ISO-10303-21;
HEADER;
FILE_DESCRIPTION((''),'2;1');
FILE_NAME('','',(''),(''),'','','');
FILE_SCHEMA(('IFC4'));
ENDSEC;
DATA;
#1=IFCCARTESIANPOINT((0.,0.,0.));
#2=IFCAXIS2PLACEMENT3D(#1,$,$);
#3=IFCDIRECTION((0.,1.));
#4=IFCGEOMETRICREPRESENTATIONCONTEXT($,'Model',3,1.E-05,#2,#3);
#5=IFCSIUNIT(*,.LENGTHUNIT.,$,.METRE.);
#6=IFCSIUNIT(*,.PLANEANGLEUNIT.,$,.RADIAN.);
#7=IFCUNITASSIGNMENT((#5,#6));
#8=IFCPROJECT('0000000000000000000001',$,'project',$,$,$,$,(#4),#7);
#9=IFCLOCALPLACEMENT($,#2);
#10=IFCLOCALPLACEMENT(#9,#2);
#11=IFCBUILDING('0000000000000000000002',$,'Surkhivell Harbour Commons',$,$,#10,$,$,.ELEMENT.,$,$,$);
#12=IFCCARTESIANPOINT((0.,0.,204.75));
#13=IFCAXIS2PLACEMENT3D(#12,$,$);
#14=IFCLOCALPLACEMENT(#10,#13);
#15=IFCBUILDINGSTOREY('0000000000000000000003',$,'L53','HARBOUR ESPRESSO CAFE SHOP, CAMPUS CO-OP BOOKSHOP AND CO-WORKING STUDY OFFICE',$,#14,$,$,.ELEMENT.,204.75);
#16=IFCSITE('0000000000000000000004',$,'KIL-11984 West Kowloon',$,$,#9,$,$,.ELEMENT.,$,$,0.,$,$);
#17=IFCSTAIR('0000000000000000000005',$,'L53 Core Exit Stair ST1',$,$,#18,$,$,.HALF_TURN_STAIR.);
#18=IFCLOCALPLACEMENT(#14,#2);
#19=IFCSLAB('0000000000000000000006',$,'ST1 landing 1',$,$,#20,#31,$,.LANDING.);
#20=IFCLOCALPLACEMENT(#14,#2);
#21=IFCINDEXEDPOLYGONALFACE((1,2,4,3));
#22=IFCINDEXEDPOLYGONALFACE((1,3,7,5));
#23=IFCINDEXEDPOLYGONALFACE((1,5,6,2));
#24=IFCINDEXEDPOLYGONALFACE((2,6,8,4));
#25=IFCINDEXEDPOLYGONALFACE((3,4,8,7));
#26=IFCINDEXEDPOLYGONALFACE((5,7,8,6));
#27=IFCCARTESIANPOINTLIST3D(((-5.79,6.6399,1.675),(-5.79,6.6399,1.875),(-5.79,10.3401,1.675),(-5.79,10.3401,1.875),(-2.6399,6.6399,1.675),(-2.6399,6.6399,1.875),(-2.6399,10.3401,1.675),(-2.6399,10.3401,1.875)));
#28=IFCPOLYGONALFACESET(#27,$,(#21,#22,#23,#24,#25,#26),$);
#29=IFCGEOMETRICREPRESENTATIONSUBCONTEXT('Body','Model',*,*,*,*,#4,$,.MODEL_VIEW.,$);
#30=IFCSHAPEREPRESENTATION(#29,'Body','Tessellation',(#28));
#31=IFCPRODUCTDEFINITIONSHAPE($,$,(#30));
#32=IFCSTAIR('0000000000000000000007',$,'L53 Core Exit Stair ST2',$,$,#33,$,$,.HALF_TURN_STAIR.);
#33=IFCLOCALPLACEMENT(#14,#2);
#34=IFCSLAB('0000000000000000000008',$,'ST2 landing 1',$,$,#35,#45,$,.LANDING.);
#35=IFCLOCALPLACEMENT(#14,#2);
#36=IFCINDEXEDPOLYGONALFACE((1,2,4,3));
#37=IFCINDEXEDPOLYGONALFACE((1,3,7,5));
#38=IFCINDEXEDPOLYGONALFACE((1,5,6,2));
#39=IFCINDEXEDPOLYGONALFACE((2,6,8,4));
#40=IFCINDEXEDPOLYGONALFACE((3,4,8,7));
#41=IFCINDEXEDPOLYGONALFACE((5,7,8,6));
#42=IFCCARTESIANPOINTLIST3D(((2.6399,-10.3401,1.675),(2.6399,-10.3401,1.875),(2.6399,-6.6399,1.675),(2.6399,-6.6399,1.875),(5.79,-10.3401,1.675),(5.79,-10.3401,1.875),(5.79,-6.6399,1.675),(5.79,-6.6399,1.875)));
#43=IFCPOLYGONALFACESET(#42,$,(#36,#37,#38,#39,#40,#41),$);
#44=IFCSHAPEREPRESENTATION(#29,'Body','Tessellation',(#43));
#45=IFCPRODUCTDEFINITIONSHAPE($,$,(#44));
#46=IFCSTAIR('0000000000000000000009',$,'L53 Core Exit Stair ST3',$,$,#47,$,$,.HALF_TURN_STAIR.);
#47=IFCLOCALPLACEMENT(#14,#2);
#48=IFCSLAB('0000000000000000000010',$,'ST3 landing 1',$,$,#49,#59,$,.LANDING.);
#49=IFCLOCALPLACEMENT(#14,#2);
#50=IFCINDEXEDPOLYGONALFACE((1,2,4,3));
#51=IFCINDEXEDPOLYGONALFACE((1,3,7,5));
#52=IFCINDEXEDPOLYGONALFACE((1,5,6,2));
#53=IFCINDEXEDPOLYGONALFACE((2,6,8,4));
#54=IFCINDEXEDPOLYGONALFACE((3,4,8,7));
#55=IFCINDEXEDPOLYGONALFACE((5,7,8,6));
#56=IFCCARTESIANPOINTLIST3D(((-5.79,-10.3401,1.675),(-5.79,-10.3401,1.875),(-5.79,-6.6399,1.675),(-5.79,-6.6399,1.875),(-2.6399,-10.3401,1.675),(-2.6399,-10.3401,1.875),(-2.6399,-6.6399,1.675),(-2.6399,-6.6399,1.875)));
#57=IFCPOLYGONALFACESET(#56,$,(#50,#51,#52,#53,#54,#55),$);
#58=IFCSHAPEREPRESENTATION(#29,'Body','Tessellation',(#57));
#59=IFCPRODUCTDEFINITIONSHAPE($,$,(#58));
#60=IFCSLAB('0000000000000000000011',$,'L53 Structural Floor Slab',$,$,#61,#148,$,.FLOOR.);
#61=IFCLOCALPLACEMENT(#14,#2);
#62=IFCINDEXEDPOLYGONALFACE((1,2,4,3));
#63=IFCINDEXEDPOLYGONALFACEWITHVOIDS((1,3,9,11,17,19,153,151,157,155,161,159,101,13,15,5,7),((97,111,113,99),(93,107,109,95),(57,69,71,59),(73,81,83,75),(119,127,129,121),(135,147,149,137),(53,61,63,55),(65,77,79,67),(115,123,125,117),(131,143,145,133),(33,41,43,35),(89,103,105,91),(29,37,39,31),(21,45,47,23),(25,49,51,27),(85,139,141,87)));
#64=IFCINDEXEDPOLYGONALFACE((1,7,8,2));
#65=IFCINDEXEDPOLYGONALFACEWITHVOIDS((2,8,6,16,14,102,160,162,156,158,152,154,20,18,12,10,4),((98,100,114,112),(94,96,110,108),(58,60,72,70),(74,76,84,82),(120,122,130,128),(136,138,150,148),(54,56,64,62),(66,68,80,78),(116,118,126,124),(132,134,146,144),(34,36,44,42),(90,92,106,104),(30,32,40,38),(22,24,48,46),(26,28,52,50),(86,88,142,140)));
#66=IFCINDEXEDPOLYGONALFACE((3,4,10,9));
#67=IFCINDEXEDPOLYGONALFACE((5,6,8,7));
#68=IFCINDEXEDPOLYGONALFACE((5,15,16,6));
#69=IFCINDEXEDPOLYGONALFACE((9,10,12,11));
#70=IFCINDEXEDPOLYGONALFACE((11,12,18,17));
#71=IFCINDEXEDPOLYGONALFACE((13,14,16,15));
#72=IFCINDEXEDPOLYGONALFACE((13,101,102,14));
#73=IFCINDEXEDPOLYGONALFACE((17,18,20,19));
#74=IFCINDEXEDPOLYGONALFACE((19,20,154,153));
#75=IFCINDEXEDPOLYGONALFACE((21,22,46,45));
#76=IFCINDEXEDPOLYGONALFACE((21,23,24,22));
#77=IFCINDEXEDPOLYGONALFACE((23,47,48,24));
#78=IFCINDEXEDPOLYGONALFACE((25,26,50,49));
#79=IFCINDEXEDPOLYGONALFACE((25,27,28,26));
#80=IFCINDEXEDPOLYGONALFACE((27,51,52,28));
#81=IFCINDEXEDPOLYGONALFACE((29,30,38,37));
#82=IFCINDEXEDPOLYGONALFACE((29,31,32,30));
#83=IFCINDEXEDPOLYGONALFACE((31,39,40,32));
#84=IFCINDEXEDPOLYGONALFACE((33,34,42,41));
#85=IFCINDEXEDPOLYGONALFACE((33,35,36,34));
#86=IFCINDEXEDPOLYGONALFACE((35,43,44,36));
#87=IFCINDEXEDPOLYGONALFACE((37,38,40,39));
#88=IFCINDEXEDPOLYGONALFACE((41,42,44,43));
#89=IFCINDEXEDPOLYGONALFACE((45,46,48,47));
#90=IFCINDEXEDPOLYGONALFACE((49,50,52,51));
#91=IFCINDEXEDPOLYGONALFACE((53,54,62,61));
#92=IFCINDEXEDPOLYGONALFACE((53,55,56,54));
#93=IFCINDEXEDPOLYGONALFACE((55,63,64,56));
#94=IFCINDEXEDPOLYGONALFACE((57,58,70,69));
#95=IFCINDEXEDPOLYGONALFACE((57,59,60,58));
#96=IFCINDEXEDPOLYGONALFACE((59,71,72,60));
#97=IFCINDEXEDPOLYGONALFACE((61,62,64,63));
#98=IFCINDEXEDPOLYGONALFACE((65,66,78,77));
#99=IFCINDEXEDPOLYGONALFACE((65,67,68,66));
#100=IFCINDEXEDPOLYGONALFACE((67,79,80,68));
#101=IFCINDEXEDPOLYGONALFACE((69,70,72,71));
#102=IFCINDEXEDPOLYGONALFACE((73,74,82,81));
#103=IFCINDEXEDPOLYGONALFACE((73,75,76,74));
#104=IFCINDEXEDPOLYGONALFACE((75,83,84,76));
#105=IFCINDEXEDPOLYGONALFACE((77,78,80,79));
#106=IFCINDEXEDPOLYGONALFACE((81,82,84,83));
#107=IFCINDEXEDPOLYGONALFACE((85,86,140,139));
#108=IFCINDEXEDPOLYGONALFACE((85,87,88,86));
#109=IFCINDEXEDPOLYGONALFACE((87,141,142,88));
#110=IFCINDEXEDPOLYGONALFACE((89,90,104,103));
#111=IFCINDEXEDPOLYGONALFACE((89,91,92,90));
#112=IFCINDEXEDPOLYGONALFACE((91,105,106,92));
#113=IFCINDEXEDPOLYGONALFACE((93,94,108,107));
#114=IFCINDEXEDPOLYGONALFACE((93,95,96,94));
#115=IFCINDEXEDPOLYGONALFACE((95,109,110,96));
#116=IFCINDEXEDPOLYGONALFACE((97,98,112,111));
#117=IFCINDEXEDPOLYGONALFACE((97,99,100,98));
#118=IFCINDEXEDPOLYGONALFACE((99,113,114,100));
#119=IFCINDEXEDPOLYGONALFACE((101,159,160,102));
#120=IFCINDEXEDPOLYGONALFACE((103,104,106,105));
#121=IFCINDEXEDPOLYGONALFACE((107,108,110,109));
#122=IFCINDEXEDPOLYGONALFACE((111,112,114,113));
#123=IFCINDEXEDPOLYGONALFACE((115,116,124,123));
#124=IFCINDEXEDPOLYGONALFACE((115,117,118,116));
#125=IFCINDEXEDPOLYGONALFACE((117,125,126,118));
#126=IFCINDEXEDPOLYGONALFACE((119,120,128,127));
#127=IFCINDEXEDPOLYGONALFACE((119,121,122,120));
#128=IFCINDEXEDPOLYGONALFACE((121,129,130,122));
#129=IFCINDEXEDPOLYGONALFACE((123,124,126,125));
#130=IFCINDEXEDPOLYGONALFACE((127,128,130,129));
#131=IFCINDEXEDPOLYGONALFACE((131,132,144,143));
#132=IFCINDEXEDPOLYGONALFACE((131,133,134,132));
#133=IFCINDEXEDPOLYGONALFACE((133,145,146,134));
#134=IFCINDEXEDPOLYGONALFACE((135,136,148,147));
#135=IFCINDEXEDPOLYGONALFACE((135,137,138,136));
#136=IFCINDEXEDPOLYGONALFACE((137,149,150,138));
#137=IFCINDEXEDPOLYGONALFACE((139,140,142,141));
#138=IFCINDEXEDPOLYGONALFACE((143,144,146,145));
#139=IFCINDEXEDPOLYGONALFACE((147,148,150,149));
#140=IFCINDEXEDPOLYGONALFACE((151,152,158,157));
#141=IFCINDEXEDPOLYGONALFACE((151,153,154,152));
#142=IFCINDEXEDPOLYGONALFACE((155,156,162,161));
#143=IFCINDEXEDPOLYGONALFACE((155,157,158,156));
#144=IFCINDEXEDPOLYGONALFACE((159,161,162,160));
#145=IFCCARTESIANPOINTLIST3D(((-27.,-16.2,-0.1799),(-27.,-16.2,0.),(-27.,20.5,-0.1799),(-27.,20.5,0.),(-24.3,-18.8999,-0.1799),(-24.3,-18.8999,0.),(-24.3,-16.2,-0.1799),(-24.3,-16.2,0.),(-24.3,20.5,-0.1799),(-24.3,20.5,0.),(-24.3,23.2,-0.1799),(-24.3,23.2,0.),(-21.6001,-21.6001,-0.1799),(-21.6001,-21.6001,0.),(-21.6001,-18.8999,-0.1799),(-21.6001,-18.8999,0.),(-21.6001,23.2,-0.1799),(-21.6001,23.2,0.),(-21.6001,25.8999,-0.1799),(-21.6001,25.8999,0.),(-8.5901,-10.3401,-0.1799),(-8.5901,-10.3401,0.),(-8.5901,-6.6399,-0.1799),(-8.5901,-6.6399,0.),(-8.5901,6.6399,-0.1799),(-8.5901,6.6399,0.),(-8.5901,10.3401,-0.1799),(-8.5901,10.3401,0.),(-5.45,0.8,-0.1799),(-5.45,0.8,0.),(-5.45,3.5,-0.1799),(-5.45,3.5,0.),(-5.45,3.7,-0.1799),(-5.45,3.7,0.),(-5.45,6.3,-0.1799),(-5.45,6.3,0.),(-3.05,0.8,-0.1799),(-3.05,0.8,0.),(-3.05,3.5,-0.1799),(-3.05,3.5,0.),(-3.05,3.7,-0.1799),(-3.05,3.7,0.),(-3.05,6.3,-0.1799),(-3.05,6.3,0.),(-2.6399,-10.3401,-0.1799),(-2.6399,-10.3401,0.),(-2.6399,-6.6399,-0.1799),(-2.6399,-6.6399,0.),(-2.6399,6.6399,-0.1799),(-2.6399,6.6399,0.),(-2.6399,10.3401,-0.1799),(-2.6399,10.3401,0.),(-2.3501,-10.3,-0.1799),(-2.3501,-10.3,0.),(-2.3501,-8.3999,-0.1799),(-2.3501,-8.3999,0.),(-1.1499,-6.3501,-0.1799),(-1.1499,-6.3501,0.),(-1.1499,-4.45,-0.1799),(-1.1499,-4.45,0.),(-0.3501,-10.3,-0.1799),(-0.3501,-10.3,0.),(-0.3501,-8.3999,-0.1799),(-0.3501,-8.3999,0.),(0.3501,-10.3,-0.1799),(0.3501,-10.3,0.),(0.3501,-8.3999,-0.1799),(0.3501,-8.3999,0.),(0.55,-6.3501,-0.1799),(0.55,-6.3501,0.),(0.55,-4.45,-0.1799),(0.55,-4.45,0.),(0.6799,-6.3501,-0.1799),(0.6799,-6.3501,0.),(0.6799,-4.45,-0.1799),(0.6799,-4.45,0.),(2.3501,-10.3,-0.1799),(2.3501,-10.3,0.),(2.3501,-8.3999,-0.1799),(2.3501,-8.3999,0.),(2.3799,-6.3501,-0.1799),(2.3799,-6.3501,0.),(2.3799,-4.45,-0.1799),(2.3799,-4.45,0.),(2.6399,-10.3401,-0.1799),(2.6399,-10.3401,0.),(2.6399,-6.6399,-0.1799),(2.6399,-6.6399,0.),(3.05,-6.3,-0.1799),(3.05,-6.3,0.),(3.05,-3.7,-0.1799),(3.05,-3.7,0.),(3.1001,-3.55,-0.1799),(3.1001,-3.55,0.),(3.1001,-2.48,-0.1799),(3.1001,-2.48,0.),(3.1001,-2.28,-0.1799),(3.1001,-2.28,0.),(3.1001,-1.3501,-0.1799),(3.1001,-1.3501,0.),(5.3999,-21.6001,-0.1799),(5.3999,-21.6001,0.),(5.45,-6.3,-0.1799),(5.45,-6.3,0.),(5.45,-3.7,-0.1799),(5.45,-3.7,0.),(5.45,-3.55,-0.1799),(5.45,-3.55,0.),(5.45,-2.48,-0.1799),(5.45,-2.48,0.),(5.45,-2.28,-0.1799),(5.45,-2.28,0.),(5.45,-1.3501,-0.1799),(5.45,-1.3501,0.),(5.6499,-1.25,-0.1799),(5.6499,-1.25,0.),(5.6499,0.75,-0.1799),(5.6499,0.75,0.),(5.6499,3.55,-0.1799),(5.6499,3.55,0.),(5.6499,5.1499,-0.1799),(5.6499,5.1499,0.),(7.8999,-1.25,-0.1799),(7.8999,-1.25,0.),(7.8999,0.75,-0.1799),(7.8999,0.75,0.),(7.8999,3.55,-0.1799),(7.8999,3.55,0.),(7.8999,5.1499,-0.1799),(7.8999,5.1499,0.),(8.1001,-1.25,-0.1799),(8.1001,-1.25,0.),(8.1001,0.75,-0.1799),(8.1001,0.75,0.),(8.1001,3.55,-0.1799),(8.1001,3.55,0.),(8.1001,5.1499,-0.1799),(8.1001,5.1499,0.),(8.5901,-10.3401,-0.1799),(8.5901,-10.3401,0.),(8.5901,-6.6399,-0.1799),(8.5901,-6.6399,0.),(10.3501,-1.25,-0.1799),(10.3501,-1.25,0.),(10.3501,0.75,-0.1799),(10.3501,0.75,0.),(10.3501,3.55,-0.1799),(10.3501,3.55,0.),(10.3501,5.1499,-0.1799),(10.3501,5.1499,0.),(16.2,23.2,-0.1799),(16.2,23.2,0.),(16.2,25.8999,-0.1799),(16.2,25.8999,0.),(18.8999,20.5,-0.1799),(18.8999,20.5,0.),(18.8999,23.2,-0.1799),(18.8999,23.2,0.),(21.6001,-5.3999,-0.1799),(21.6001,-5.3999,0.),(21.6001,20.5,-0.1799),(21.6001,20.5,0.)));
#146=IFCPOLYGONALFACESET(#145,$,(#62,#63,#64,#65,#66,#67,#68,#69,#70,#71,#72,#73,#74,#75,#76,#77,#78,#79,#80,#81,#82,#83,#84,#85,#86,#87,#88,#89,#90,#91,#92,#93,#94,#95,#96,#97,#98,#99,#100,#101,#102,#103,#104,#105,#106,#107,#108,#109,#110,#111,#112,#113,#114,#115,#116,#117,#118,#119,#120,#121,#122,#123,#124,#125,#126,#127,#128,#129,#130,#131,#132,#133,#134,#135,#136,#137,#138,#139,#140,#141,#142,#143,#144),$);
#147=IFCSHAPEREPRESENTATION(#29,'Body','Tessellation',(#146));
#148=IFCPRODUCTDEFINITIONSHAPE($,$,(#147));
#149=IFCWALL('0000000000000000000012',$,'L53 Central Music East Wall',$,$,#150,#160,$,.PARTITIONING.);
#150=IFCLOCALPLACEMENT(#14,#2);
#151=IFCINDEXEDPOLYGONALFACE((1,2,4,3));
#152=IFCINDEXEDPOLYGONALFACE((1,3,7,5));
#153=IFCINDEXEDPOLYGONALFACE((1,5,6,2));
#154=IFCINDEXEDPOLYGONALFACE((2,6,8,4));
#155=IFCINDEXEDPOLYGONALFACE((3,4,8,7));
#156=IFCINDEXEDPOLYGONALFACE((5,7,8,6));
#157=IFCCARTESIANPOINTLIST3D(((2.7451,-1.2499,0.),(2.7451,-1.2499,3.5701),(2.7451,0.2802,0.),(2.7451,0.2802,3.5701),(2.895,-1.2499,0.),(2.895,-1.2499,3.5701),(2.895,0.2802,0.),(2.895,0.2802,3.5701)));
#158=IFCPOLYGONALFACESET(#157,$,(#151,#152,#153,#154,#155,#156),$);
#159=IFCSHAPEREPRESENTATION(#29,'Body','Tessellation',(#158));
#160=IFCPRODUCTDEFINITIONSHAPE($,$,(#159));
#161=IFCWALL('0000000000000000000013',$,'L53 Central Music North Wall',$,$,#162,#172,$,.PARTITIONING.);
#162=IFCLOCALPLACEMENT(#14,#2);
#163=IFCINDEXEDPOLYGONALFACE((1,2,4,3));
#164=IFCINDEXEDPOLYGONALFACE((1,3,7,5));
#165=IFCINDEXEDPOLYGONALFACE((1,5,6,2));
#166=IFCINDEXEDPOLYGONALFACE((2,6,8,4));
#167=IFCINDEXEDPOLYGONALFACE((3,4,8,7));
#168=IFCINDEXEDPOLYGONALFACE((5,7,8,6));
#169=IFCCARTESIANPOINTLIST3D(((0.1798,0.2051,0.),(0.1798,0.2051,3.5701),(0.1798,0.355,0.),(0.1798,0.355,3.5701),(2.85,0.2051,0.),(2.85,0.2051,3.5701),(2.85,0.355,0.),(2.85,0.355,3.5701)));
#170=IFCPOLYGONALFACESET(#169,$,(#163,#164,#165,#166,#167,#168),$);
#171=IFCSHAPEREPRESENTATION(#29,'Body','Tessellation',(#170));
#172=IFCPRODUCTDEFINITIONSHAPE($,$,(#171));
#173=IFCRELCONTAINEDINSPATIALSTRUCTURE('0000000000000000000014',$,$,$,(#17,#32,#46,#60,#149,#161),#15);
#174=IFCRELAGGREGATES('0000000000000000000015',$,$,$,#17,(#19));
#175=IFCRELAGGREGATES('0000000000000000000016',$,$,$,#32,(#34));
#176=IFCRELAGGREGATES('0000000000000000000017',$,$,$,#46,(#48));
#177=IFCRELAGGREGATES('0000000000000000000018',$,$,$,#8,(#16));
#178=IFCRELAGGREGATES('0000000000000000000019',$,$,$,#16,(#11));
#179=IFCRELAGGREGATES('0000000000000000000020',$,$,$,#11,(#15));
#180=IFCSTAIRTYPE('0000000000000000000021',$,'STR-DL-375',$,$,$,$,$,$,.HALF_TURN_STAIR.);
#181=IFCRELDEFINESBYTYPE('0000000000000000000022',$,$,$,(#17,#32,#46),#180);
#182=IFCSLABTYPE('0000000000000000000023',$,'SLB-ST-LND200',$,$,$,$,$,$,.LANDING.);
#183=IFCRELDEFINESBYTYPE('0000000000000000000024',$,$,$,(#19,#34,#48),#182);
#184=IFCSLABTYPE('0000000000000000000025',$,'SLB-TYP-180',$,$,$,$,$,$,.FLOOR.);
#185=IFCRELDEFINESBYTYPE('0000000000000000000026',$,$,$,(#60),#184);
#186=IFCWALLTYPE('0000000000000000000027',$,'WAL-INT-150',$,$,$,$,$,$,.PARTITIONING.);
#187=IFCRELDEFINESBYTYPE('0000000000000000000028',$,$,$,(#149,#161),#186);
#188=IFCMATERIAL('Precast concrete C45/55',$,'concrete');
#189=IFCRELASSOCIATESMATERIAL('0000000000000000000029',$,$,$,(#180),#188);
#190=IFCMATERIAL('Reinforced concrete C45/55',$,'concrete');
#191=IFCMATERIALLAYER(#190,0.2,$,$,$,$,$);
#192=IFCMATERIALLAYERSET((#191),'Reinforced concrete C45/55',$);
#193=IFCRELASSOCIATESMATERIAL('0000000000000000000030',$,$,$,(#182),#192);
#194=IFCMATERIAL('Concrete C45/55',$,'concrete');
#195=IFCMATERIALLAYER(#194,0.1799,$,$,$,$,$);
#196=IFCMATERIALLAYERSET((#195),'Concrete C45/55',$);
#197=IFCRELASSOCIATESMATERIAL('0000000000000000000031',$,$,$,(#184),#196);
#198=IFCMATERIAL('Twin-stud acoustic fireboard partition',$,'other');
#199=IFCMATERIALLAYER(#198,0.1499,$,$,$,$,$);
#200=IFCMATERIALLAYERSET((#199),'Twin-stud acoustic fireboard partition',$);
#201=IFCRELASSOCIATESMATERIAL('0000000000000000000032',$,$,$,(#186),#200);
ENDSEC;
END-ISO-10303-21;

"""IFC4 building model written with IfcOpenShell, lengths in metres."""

from ifc_helpers import new_model, si_unit, direction, frame, frame_2d, origin, place, context, subcontext, project, spatial, polyline, rectangle, outline, extrude, material, layer, layer_set, type_object, element, aggregate, save


model = new_model("IFC4")

# Units and contexts
model_context = context("Model", 3, precision=1e-05, world=origin(), true_north=direction((0.0, 1.0)))
body_context = subcontext(model_context, "Body", "Model", "MODEL_VIEW")
ifc_project = project(units=[si_unit("LENGTHUNIT", "METRE"), si_unit("PLANEANGLEUNIT", "RADIAN")], contexts=[model_context])

# Site, building, storey
site_placement = place(None, origin())
site = spatial("IfcSite", under=ifc_project, at=site_placement, Name="KIL-11984 West Kowloon", CompositionType="ELEMENT", RefElevation=0.0)
building_placement = place(site_placement, origin())
building = spatial("IfcBuilding", under=site, at=building_placement, Name="Surkhivell Harbour Commons", CompositionType="ELEMENT")
storey_placement = place(building_placement, frame((0.0, 0.0, 204.75)))
storey = spatial("IfcBuildingStorey", under=building, at=storey_placement, Name="L53", Description="HARBOUR ESPRESSO CAFE SHOP, CAMPUS CO-OP BOOKSHOP AND CO-WORKING STUDY OFFICE", CompositionType="ELEMENT", Elevation=204.75)

# Stairs, slabs
ifc_material_1 = material(Name="Precast concrete C45/55", Category="concrete")
stair_type = type_object("IfcStairType", Name="STR-DL-375", PredefinedType="HALF_TURN_STAIR", material=ifc_material_1)
stair_1_placement = place(storey_placement, origin())
stair_1 = element("IfcStair", 1, at=stair_1_placement, inside=storey, type_object=stair_type, Name="L53 Core Exit Stair ST1", PredefinedType="HALF_TURN_STAIR")
ifc_material_2 = material(Name="Reinforced concrete C45/55", Category="concrete")
ifc_layer_1 = layer(ifc_material_2, 0.2)
ifc_layer_set_1 = layer_set([ifc_layer_1], Name="Reinforced concrete C45/55")
slab_type_1 = type_object("IfcSlabType", Name="SLB-ST-LND200", PredefinedType="LANDING", material=ifc_layer_set_1)
slab_1_placement = place(storey_placement, frame((0.0, 0.0, 1.675)))
slab_1 = element("IfcSlab", 2, at=slab_1_placement, type_object=slab_type_1, Name="ST1 landing 1", PredefinedType="LANDING", context=body_context, shape_type="SweptSolid", body=[
    extrude(outline(polyline([(-5.79, 6.6399), (-2.6399, 6.6399), (-2.6399, 10.3401), (-5.79, 10.3401), (-5.79, 6.6399)])), origin(), (0.0, 0.0, 1.0), 0.2),
])
aggregate(stair_1, [slab_1])
stair_2_placement = place(storey_placement, origin())
stair_2 = element("IfcStair", 3, at=stair_2_placement, inside=storey, type_object=stair_type, Name="L53 Core Exit Stair ST2", PredefinedType="HALF_TURN_STAIR")
slab_2_placement = place(storey_placement, frame((0.0, 0.0, 1.675)))
slab_2 = element("IfcSlab", 4, at=slab_2_placement, type_object=slab_type_1, Name="ST2 landing 1", PredefinedType="LANDING", context=body_context, shape_type="SweptSolid", body=[
    extrude(outline(polyline([(5.79, -6.6399), (2.6399, -6.6399), (2.6399, -10.3401), (5.79, -10.3401), (5.79, -6.6399)])), origin(), (0.0, 0.0, 1.0), 0.2),
])
aggregate(stair_2, [slab_2])
stair_3_placement = place(storey_placement, origin())
stair_3 = element("IfcStair", 5, at=stair_3_placement, inside=storey, type_object=stair_type, Name="L53 Core Exit Stair ST3", PredefinedType="HALF_TURN_STAIR")
slab_3_placement = place(storey_placement, frame((0.0, 0.0, 1.675)))
slab_3 = element("IfcSlab", 6, at=slab_3_placement, type_object=slab_type_1, Name="ST3 landing 1", PredefinedType="LANDING", context=body_context, shape_type="SweptSolid", body=[
    extrude(outline(polyline([(-5.79, -10.3401), (-2.6399, -10.3401), (-2.6399, -6.6399), (-5.79, -6.6399), (-5.79, -10.3401)])), origin(), (0.0, 0.0, 1.0), 0.2),
])
aggregate(stair_3, [slab_3])

# Slab
ifc_material_3 = material(Name="Concrete C45/55", Category="concrete")
ifc_layer_2 = layer(ifc_material_3, 0.1799)
ifc_layer_set_2 = layer_set([ifc_layer_2], Name="Concrete C45/55")
slab_type_2 = type_object("IfcSlabType", Name="SLB-TYP-180", PredefinedType="FLOOR", material=ifc_layer_set_2)
slab_4_placement = place(storey_placement, frame((0.0, 0.0, -0.1799)))
element("IfcSlab", 7, at=slab_4_placement, inside=storey, type_object=slab_type_2, Name="L53 Structural Floor Slab", PredefinedType="FLOOR", context=body_context, shape_type="SweptSolid", body=[
    extrude(outline(polyline([(-21.6001, -21.6001), (5.3999, -21.6001), (21.6001, -5.3999), (21.6001, 20.5), (18.8999, 20.5), (18.8999, 23.2), (16.2, 23.2), (16.2, 25.8999), (-21.6001, 25.8999), (-21.6001, 23.2), (-24.3, 23.2), (-24.3, 20.5), (-27.0, 20.5), (-27.0, -16.2), (-24.3, -16.2), (-24.3, -18.8999), (-21.6001, -18.8999), (-21.6001, -21.6001)]), holes=[polyline([(-8.5901, 6.6399), (-2.6399, 6.6399), (-2.6399, 10.3401), (-8.5901, 10.3401), (-8.5901, 6.6399)]), polyline([(8.5901, -6.6399), (2.6399, -6.6399), (2.6399, -10.3401), (8.5901, -10.3401), (8.5901, -6.6399)]), polyline([(-8.5901, -10.3401), (-2.6399, -10.3401), (-2.6399, -6.6399), (-8.5901, -6.6399), (-8.5901, -10.3401)]), polyline([(5.6499, 3.55), (7.8999, 3.55), (7.8999, 5.1499), (5.6499, 5.1499), (5.6499, 3.55)]), polyline([(8.1001, 3.55), (10.3501, 3.55), (10.3501, 5.1499), (8.1001, 5.1499), (8.1001, 3.55)]), polyline([(5.6499, -1.25), (7.8999, -1.25), (7.8999, 0.75), (5.6499, 0.75), (5.6499, -1.25)]), polyline([(8.1001, -1.25), (10.3501, -1.25), (10.3501, 0.75), (8.1001, 0.75), (8.1001, -1.25)]), polyline([(-1.1499, -6.3501), (0.55, -6.3501), (0.55, -4.45), (-1.1499, -4.45), (-1.1499, -6.3501)]), polyline([(0.6799, -6.3501), (2.3799, -6.3501), (2.3799, -4.45), (0.6799, -4.45), (0.6799, -6.3501)]), polyline([(-2.3501, -10.3), (-0.3501, -10.3), (-0.3501, -8.3999), (-2.3501, -8.3999), (-2.3501, -10.3)]), polyline([(0.3501, -10.3), (2.3501, -10.3), (2.3501, -8.3999), (0.3501, -8.3999), (0.3501, -10.3)]), polyline([(-5.45, 3.7), (-3.05, 3.7), (-3.05, 6.3), (-5.45, 6.3), (-5.45, 3.7)]), polyline([(3.05, -6.3), (5.45, -6.3), (5.45, -3.7), (3.05, -3.7), (3.05, -6.3)]), polyline([(-5.45, 0.8), (-3.05, 0.8), (-3.05, 3.5), (-5.45, 3.5), (-5.45, 0.8)]), polyline([(3.1001, -3.55), (5.45, -3.55), (5.45, -2.48), (3.1001, -2.48), (3.1001, -3.55)]), polyline([(3.1001, -2.28), (5.45, -2.28), (5.45, -1.3501), (3.1001, -1.3501), (3.1001, -2.28)])]), origin(), (0.0, 0.0, 1.0), 0.1799),
])

# Walls
ifc_material_4 = material(Name="Twin-stud acoustic fireboard partition", Category="other")
ifc_layer_3 = layer(ifc_material_4, 0.1499)
ifc_layer_set_3 = layer_set([ifc_layer_3], Name="Twin-stud acoustic fireboard partition")
wall_type_1 = type_object("IfcWallType", Name="WAL-INT-150", PredefinedType="PARTITIONING", material=ifc_layer_set_3)
wall_1_placement = place(storey_placement, frame((2.8201, -1.25, 0.0), z_axis=(0.0, 0.0, 1.0), x_axis=(0.0, 1.0, 0.0)))
element("IfcWall", 8, at=wall_1_placement, inside=storey, type_object=wall_type_1, Name="L53 Central Music East Wall", PredefinedType="PARTITIONING", context=body_context, shape_type="SweptSolid", body=[
    extrude(rectangle(XDim=1.53, YDim=0.1499, at=frame_2d((0.7651, 0.0))), origin(), (0.0, 0.0, 1.0), 3.5701),
])
wall_2_placement = place(storey_placement, frame((0.1799, 0.28, 0.0), z_axis=(0.0, 0.0, 1.0), x_axis=(1.0, 0.0, 0.0)))
element("IfcWall", 9, at=wall_2_placement, inside=storey, type_object=wall_type_1, Name="L53 Central Music North Wall", PredefinedType="PARTITIONING", context=body_context, shape_type="SweptSolid", body=[
    extrude(rectangle(XDim=2.6702, YDim=0.1499, at=frame_2d((1.335, 0.0))), origin(), (0.0, 0.0, 1.0), 3.5701),
])

save(model, "model.ifc")
